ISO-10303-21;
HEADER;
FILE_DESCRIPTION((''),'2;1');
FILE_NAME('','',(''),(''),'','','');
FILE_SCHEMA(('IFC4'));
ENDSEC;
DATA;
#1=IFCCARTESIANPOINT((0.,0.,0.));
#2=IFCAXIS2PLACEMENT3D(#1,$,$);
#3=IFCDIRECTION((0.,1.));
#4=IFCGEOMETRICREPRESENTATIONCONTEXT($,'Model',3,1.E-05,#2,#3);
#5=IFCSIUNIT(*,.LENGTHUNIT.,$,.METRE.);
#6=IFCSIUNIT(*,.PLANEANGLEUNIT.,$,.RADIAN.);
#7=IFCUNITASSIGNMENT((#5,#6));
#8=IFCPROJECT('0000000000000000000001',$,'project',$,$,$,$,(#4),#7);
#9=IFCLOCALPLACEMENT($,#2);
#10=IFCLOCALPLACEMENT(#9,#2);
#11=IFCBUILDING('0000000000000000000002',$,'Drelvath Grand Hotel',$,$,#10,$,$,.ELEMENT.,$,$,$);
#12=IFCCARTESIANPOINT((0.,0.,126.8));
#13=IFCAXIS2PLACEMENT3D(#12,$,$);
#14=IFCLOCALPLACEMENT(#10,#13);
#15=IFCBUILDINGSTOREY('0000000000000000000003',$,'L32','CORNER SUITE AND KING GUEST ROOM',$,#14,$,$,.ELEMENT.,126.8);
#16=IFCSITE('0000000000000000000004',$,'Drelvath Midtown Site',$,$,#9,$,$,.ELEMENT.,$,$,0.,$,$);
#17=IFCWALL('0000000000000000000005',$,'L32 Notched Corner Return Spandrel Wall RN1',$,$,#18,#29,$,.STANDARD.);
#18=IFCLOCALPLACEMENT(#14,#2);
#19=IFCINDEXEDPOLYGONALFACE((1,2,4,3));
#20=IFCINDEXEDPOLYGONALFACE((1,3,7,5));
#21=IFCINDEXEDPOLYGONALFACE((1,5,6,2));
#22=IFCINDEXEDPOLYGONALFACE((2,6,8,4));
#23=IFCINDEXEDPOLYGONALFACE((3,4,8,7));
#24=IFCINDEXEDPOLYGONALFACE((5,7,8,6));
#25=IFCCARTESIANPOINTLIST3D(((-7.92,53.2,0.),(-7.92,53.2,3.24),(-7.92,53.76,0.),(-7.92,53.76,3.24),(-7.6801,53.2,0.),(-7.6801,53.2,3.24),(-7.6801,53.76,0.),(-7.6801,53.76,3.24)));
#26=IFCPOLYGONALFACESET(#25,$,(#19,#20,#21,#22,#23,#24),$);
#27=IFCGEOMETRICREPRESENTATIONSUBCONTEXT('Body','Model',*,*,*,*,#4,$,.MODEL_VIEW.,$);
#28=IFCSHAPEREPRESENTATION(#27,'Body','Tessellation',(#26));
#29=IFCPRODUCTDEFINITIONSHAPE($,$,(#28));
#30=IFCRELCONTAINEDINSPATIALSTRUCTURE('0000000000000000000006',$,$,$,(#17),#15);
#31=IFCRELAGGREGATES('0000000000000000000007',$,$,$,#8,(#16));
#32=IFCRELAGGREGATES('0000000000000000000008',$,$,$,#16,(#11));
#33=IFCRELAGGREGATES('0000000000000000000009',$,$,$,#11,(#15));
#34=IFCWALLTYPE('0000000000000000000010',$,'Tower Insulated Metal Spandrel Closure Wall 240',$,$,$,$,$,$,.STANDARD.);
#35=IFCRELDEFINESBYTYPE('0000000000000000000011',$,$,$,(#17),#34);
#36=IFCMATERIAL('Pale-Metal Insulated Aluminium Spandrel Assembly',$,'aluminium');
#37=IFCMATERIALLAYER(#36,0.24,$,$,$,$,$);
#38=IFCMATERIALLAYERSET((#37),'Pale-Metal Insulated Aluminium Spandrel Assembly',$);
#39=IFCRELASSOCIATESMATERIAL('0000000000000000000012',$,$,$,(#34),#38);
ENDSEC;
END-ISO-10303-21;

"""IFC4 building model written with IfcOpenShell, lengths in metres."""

from ifc_helpers import new_model, si_unit, direction, frame, frame_2d, origin, place, context, subcontext, project, spatial, rectangle, extrude, material, layer, layer_set, type_object, element, save


model = new_model("IFC4")

# Units and contexts
model_context = context("Model", 3, precision=1e-05, world=origin(), true_north=direction((0.0, 1.0)))
body_context = subcontext(model_context, "Body", "Model", "MODEL_VIEW")
ifc_project = project(units=[si_unit("LENGTHUNIT", "METRE"), si_unit("PLANEANGLEUNIT", "RADIAN")], contexts=[model_context])

# Site, building, storey
site_placement = place(None, origin())
site = spatial("IfcSite", under=ifc_project, at=site_placement, Name="Drelvath Midtown Site", CompositionType="ELEMENT", RefElevation=0.0)
building_placement = place(site_placement, origin())
building = spatial("IfcBuilding", under=site, at=building_placement, Name="Drelvath Grand Hotel", CompositionType="ELEMENT")
storey_placement = place(building_placement, frame((0.0, 0.0, 126.8)))
storey = spatial("IfcBuildingStorey", under=building, at=storey_placement, Name="L32", Description="CORNER SUITE AND KING GUEST ROOM", CompositionType="ELEMENT", Elevation=126.8)

# Wall
ifc_material_1 = material(Name="Pale-Metal Insulated Aluminium Spandrel Assembly", Category="aluminium")
ifc_layer_1 = layer(ifc_material_1, 0.24)
ifc_layer_set_1 = layer_set([ifc_layer_1], Name="Pale-Metal Insulated Aluminium Spandrel Assembly")
wall_type_1 = type_object("IfcWallType", Name="Tower Insulated Metal Spandrel Closure Wall 240", PredefinedType="STANDARD", material=ifc_layer_set_1)
wall_1_placement = place(storey_placement, frame((-7.8, 53.76, 0.0), z_axis=(0.0, 0.0, 1.0), x_axis=(0.0, -1.0, 0.0)))
element("IfcWall", 1, at=wall_1_placement, inside=storey, type_object=wall_type_1, Name="L32 Notched Corner Return Spandrel Wall RN1", PredefinedType="STANDARD", context=body_context, shape_type="SweptSolid", body=[
    extrude(rectangle(XDim=0.5601, YDim=0.24, at=frame_2d((0.28, 0.0))), origin(), (0.0, 0.0, 1.0), 3.24),
])

save(model, "model.ifc")
